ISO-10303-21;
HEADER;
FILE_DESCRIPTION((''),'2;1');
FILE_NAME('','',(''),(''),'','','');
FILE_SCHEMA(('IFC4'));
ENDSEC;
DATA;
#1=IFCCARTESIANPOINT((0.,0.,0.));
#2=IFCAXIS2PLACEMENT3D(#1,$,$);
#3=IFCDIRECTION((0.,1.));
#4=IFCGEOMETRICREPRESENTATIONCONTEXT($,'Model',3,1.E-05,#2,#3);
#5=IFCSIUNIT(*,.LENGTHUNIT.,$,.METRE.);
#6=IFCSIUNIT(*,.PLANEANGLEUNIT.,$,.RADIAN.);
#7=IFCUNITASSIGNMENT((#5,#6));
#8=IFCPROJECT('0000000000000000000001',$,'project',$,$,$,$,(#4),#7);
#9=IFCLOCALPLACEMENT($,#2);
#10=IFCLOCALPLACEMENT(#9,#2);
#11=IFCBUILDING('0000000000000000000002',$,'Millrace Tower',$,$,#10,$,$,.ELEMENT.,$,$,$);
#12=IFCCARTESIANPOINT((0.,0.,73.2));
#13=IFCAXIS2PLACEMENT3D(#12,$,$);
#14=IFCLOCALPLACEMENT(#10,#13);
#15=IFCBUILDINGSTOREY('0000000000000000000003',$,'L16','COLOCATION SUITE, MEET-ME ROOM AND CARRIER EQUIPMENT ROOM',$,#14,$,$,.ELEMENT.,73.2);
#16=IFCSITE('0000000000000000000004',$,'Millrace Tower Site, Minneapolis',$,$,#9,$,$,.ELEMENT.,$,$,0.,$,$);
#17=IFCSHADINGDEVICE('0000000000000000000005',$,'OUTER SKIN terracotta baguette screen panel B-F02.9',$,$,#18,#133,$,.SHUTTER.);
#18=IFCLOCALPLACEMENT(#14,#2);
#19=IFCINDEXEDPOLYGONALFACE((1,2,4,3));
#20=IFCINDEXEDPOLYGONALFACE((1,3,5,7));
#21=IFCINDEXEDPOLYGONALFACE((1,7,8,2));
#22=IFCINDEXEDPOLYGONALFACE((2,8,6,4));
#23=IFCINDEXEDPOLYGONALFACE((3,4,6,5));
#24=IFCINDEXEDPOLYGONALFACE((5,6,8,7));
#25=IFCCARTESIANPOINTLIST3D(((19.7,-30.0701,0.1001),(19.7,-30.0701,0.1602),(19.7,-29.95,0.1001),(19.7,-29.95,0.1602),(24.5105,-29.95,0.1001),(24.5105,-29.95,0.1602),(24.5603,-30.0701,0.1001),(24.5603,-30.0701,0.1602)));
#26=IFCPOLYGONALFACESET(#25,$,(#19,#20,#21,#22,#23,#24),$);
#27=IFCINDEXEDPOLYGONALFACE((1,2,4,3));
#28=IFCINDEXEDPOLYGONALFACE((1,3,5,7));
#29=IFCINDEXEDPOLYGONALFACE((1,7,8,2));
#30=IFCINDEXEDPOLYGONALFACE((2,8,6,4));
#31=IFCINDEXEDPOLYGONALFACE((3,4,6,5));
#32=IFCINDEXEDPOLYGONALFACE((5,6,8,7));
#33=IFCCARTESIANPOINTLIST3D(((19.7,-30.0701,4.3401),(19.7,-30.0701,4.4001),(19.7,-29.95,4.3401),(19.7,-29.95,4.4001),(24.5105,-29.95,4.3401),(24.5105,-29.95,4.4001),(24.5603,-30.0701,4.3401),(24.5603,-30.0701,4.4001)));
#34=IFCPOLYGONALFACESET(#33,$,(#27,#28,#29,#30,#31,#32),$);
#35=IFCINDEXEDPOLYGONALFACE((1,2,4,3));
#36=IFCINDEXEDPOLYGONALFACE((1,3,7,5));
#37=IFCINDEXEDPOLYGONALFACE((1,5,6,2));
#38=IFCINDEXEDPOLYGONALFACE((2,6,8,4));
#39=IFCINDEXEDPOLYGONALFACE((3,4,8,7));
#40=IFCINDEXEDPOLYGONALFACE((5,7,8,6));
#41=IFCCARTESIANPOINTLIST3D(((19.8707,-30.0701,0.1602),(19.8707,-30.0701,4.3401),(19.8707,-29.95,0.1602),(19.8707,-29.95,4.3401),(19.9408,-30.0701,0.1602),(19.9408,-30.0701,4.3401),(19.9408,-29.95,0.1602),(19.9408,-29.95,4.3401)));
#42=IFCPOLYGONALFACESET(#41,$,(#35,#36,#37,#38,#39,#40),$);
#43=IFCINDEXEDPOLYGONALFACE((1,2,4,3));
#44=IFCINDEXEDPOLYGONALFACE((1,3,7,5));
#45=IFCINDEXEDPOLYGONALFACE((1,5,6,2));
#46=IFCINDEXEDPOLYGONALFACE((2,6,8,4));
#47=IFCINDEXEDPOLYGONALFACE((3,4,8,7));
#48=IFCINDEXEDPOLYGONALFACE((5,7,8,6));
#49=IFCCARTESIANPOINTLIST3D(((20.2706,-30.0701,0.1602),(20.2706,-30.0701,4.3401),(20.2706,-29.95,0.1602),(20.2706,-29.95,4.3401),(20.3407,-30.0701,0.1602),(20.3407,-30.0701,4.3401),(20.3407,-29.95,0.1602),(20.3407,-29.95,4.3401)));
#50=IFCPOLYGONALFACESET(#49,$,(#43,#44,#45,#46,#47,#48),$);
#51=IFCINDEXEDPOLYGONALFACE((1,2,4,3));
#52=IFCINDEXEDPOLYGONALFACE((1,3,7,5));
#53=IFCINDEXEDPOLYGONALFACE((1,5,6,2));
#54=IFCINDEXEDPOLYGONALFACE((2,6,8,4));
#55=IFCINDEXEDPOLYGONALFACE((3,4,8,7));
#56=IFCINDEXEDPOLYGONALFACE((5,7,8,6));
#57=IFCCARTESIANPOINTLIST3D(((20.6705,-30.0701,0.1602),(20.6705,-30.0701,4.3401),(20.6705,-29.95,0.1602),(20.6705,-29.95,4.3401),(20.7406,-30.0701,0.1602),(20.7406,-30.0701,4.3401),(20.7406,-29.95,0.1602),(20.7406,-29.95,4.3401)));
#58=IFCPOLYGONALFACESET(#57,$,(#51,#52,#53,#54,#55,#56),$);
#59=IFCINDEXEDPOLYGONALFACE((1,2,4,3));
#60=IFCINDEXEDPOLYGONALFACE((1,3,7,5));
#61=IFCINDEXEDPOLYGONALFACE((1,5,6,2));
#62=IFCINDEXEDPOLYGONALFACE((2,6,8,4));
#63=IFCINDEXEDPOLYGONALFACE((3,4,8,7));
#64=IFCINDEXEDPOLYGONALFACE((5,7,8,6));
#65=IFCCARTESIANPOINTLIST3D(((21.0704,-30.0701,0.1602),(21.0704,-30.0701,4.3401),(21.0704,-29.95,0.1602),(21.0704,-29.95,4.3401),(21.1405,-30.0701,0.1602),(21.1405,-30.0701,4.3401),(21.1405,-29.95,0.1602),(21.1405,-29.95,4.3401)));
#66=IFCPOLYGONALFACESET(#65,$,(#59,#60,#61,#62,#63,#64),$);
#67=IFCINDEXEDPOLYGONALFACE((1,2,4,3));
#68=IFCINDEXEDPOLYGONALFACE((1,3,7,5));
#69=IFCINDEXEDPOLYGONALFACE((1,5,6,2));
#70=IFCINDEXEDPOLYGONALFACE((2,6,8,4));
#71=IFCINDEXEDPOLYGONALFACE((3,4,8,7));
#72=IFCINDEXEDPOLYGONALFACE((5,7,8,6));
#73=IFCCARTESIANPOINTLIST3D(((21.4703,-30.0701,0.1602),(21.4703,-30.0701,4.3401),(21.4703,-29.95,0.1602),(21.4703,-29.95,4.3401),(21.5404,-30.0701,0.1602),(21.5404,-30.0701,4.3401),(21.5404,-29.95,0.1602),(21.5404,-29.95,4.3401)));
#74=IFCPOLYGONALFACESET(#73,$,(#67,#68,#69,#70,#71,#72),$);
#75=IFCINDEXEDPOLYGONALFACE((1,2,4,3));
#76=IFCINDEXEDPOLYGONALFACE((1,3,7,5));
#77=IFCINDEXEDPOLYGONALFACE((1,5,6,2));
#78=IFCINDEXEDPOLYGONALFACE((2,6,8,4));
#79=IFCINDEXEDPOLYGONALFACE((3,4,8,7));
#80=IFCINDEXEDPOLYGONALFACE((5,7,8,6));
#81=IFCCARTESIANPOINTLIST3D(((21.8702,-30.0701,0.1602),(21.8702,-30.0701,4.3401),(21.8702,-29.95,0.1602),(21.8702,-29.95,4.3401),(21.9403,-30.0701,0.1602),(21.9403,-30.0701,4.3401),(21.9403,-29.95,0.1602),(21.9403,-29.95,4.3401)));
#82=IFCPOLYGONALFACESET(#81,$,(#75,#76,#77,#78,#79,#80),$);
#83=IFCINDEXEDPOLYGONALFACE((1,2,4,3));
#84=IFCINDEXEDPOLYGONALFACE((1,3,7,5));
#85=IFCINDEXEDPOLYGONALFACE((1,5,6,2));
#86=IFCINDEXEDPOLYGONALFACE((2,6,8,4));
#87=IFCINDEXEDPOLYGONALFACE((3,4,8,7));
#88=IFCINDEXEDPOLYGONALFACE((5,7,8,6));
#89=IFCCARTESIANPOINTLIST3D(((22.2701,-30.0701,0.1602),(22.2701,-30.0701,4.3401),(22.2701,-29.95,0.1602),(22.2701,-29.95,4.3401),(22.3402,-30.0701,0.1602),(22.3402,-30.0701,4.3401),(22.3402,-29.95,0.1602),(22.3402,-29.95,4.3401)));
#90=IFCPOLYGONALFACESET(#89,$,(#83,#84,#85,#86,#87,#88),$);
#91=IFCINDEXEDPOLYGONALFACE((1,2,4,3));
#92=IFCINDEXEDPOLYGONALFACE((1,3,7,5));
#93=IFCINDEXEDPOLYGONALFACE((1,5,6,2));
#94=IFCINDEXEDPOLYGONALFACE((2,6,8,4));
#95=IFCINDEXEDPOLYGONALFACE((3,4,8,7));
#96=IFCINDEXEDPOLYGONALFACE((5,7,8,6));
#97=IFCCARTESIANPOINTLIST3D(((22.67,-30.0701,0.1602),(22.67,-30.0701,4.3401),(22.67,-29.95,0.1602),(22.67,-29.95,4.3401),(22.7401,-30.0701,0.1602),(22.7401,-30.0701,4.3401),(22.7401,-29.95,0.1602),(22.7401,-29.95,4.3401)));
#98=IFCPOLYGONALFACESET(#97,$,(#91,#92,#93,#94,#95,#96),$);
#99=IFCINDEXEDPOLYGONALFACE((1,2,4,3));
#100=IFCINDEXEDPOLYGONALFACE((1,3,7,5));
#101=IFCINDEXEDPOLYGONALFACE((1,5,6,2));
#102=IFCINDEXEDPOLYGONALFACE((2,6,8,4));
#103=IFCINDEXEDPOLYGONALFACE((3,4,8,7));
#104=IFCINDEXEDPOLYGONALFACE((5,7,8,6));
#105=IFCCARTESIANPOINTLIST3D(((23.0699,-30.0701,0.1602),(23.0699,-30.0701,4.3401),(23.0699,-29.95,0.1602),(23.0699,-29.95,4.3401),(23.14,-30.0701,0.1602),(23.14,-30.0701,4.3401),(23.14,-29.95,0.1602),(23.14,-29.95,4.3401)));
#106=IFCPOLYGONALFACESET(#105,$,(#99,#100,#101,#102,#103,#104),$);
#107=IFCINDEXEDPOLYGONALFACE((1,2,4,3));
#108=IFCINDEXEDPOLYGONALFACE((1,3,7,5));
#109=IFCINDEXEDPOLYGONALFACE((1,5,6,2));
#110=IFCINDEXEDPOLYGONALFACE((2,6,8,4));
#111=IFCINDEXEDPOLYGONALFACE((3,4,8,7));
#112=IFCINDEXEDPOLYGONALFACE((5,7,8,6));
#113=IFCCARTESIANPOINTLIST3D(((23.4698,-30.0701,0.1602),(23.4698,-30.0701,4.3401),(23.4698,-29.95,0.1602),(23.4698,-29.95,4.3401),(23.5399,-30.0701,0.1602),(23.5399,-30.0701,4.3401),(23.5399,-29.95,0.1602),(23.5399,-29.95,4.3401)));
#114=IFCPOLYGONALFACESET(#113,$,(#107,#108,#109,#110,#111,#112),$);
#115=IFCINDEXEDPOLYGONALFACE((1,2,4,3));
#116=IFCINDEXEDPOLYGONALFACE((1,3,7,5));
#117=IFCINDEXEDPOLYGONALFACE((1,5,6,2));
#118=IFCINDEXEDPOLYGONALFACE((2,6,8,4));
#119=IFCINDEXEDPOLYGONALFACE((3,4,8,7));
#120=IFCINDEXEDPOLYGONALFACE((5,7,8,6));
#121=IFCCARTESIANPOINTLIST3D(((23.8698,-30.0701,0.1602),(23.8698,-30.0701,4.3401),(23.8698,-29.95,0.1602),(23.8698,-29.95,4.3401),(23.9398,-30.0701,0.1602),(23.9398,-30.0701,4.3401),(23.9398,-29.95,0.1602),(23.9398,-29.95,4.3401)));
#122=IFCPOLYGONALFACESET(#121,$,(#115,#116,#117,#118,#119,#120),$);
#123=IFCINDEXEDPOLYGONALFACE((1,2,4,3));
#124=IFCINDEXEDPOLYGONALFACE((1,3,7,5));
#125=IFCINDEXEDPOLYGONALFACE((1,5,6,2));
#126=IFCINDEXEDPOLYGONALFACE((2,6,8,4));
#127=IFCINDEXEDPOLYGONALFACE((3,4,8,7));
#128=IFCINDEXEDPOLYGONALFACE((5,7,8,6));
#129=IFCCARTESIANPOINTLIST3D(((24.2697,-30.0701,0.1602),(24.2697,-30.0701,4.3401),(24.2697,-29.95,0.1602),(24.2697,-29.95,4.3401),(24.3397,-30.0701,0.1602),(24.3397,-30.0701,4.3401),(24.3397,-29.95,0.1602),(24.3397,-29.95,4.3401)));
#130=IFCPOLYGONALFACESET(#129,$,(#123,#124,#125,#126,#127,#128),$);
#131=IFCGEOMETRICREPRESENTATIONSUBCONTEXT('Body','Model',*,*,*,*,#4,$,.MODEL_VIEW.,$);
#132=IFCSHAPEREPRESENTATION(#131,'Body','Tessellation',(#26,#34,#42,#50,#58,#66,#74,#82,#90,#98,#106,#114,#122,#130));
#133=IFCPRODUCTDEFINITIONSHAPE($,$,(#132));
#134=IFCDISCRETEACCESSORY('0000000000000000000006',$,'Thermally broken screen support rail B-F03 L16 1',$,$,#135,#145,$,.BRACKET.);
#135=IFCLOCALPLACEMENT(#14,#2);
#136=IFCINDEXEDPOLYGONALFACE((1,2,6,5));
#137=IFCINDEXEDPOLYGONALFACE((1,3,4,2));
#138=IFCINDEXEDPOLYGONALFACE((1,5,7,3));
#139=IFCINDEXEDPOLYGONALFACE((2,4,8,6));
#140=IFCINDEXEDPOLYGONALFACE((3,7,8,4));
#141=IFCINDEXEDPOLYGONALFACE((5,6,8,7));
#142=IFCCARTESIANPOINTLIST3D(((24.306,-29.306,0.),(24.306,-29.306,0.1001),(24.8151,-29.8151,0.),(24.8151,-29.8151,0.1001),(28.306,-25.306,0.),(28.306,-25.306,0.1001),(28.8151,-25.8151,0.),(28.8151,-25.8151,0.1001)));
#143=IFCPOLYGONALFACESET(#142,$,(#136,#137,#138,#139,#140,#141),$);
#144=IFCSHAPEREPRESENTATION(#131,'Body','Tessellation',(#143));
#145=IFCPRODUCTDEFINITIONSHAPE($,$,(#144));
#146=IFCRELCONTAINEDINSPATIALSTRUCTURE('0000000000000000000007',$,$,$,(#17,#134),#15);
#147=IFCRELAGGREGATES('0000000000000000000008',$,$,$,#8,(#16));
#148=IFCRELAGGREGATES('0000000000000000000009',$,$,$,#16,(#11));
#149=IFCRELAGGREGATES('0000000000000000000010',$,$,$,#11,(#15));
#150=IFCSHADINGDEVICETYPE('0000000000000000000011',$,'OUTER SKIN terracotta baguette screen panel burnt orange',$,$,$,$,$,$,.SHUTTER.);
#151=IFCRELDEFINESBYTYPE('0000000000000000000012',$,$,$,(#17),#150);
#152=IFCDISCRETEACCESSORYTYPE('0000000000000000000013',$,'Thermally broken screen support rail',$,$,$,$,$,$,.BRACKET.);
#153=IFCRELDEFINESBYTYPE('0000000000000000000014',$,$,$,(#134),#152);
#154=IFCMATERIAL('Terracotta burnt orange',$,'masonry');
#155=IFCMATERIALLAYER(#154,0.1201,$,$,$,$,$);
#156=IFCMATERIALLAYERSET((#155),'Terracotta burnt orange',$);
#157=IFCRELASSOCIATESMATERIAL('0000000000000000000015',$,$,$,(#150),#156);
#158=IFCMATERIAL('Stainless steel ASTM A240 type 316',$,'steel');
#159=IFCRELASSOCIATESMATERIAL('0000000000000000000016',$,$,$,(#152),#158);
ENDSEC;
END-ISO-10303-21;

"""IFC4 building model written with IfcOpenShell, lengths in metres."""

from ifc_helpers import new_model, entity, si_unit, direction, frame, frame_2d, origin, origin_2d, place, context, subcontext, project, spatial, rectangle, extrude, source, transform, mapped, material, layer, layer_set, type_object, element, save


model = new_model("IFC4")

# Units and contexts
model_context = context("Model", 3, precision=1e-05, world=origin(), true_north=direction((0.0, 1.0)))
body_context = subcontext(model_context, "Body", "Model", "MODEL_VIEW")
ifc_project = project(units=[si_unit("LENGTHUNIT", "METRE"), si_unit("PLANEANGLEUNIT", "RADIAN")], contexts=[model_context])

# Site, building, storey
site_placement = place(None, origin())
site = spatial("IfcSite", under=ifc_project, at=site_placement, Name="Millrace Tower Site, Minneapolis", CompositionType="ELEMENT", RefElevation=0.0)
building_placement = place(site_placement, origin())
building = spatial("IfcBuilding", under=site, at=building_placement, Name="Millrace Tower", CompositionType="ELEMENT")
storey_placement = place(building_placement, frame((0.0, 0.0, 73.2)))
storey = spatial("IfcBuildingStorey", under=building, at=storey_placement, Name="L16", Description="COLOCATION SUITE, MEET-ME ROOM AND CARRIER EQUIPMENT ROOM", CompositionType="ELEMENT", Elevation=73.2)

# Shading device
ifc_material_1 = material(Name="Terracotta burnt orange", Category="masonry")
ifc_layer_1 = layer(ifc_material_1, 0.1201)
ifc_layer_set_1 = layer_set([ifc_layer_1], Name="Terracotta burnt orange")
shading_device_type = type_object("IfcShadingDeviceType", Name="OUTER SKIN terracotta baguette screen panel burnt orange", PredefinedType="SHUTTER", material=ifc_layer_set_1)
cartesian_point_1 = entity("IfcCartesianPoint", [-2.4177, 0.0601])
shared_polyline_1 = entity("IfcPolyline", [cartesian_point_1, entity("IfcCartesianPoint", [2.3928, 0.0601]), entity("IfcCartesianPoint", [2.4426, -0.0601]), entity("IfcCartesianPoint", [-2.4177, -0.0601]), cartesian_point_1])
shared_shape_1 = source(origin(), body_context, "Body", "SweptSolid", [
    entity("IfcExtrudedAreaSolid", entity("IfcArbitraryClosedProfileDef", "AREA", None, shared_polyline_1), entity("IfcAxis2Placement3D", entity("IfcCartesianPoint", [0.0, 0.0, 0.0])), entity("IfcDirection", [0.0, 0.0, 1.0]), 0.0601),
    entity("IfcExtrudedAreaSolid", entity("IfcArbitraryClosedProfileDef", "AREA", None, shared_polyline_1), entity("IfcAxis2Placement3D", entity("IfcCartesianPoint", [0.0, 0.0, 4.24])), entity("IfcDirection", [0.0, 0.0, 1.0]), 0.0601),
    extrude(rectangle(XDim=0.0701, YDim=0.1201, at=frame_2d((-2.2119, 0.0))), frame((0.0, 0.0, 0.0601)), (0.0, 0.0, 1.0), 4.1799),
    extrude(rectangle(XDim=0.0701, YDim=0.1201, at=frame_2d((-1.812, 0.0))), frame((0.0, 0.0, 0.0601)), (0.0, 0.0, 1.0), 4.1799),
    extrude(rectangle(XDim=0.0701, YDim=0.1201, at=frame_2d((-1.4121, 0.0))), frame((0.0, 0.0, 0.0601)), (0.0, 0.0, 1.0), 4.1799),
    extrude(rectangle(XDim=0.0701, YDim=0.1201, at=frame_2d((-1.0122, 0.0))), frame((0.0, 0.0, 0.0601)), (0.0, 0.0, 1.0), 4.1799),
    extrude(rectangle(XDim=0.0701, YDim=0.1201, at=frame_2d((-0.6123, 0.0))), frame((0.0, 0.0, 0.0601)), (0.0, 0.0, 1.0), 4.1799),
    extrude(rectangle(XDim=0.0701, YDim=0.1201, at=frame_2d((-0.2124, 0.0))), frame((0.0, 0.0, 0.0601)), (0.0, 0.0, 1.0), 4.1799),
    extrude(rectangle(XDim=0.0701, YDim=0.1201, at=frame_2d((0.1875, 0.0))), frame((0.0, 0.0, 0.0601)), (0.0, 0.0, 1.0), 4.1799),
    extrude(rectangle(XDim=0.0701, YDim=0.1201, at=frame_2d((0.5874, 0.0))), frame((0.0, 0.0, 0.0601)), (0.0, 0.0, 1.0), 4.1799),
    extrude(rectangle(XDim=0.0701, YDim=0.1201, at=frame_2d((0.9873, 0.0))), frame((0.0, 0.0, 0.0601)), (0.0, 0.0, 1.0), 4.1799),
    extrude(rectangle(XDim=0.0701, YDim=0.1201, at=frame_2d((1.3872, 0.0))), frame((0.0, 0.0, 0.0601)), (0.0, 0.0, 1.0), 4.1799),
    extrude(rectangle(XDim=0.0701, YDim=0.1201, at=frame_2d((1.7871, 0.0))), frame((0.0, 0.0, 0.0601)), (0.0, 0.0, 1.0), 4.1799),
    extrude(rectangle(XDim=0.0701, YDim=0.1201, at=frame_2d((2.187, 0.0))), frame((0.0, 0.0, 0.0601)), (0.0, 0.0, 1.0), 4.1799),
])
shading_device_1_placement = place(storey_placement, frame((22.1177, -30.01, 0.1001), z_axis=(0.0, 0.0, 1.0), x_axis=(1.0, 0.0, 0.0)))
element("IfcShadingDevice", 1, at=shading_device_1_placement, inside=storey, type_object=shading_device_type, Name="OUTER SKIN terracotta baguette screen panel B-F02.9", PredefinedType="SHUTTER", context=body_context, shape_type="MappedRepresentation", body=[
    mapped(shared_shape_1, transform((0.0, 0.0, 0.0), scale=1.0)),
])

# Discrete accessory
ifc_material_2 = material(Name="Stainless steel ASTM A240 type 316", Category="steel")
discrete_accessory_type = type_object("IfcDiscreteAccessoryType", Name="Thermally broken screen support rail", PredefinedType="BRACKET", material=ifc_material_2)
discrete_accessory_placement = place(storey_placement, frame((26.5605, -27.5605, 0.0), z_axis=(0.0, 0.0, 1.0), x_axis=(0.707107, 0.707107, 0.0)))
element("IfcDiscreteAccessory", 2, at=discrete_accessory_placement, inside=storey, type_object=discrete_accessory_type, Name="Thermally broken screen support rail B-F03 L16 1", PredefinedType="BRACKET", context=body_context, shape_type="SweptSolid", body=[
    extrude(rectangle(XDim=5.6567, YDim=0.72, at=origin_2d()), origin(), (0.0, 0.0, 1.0), 0.1001),
])

save(model, "model.ifc")
